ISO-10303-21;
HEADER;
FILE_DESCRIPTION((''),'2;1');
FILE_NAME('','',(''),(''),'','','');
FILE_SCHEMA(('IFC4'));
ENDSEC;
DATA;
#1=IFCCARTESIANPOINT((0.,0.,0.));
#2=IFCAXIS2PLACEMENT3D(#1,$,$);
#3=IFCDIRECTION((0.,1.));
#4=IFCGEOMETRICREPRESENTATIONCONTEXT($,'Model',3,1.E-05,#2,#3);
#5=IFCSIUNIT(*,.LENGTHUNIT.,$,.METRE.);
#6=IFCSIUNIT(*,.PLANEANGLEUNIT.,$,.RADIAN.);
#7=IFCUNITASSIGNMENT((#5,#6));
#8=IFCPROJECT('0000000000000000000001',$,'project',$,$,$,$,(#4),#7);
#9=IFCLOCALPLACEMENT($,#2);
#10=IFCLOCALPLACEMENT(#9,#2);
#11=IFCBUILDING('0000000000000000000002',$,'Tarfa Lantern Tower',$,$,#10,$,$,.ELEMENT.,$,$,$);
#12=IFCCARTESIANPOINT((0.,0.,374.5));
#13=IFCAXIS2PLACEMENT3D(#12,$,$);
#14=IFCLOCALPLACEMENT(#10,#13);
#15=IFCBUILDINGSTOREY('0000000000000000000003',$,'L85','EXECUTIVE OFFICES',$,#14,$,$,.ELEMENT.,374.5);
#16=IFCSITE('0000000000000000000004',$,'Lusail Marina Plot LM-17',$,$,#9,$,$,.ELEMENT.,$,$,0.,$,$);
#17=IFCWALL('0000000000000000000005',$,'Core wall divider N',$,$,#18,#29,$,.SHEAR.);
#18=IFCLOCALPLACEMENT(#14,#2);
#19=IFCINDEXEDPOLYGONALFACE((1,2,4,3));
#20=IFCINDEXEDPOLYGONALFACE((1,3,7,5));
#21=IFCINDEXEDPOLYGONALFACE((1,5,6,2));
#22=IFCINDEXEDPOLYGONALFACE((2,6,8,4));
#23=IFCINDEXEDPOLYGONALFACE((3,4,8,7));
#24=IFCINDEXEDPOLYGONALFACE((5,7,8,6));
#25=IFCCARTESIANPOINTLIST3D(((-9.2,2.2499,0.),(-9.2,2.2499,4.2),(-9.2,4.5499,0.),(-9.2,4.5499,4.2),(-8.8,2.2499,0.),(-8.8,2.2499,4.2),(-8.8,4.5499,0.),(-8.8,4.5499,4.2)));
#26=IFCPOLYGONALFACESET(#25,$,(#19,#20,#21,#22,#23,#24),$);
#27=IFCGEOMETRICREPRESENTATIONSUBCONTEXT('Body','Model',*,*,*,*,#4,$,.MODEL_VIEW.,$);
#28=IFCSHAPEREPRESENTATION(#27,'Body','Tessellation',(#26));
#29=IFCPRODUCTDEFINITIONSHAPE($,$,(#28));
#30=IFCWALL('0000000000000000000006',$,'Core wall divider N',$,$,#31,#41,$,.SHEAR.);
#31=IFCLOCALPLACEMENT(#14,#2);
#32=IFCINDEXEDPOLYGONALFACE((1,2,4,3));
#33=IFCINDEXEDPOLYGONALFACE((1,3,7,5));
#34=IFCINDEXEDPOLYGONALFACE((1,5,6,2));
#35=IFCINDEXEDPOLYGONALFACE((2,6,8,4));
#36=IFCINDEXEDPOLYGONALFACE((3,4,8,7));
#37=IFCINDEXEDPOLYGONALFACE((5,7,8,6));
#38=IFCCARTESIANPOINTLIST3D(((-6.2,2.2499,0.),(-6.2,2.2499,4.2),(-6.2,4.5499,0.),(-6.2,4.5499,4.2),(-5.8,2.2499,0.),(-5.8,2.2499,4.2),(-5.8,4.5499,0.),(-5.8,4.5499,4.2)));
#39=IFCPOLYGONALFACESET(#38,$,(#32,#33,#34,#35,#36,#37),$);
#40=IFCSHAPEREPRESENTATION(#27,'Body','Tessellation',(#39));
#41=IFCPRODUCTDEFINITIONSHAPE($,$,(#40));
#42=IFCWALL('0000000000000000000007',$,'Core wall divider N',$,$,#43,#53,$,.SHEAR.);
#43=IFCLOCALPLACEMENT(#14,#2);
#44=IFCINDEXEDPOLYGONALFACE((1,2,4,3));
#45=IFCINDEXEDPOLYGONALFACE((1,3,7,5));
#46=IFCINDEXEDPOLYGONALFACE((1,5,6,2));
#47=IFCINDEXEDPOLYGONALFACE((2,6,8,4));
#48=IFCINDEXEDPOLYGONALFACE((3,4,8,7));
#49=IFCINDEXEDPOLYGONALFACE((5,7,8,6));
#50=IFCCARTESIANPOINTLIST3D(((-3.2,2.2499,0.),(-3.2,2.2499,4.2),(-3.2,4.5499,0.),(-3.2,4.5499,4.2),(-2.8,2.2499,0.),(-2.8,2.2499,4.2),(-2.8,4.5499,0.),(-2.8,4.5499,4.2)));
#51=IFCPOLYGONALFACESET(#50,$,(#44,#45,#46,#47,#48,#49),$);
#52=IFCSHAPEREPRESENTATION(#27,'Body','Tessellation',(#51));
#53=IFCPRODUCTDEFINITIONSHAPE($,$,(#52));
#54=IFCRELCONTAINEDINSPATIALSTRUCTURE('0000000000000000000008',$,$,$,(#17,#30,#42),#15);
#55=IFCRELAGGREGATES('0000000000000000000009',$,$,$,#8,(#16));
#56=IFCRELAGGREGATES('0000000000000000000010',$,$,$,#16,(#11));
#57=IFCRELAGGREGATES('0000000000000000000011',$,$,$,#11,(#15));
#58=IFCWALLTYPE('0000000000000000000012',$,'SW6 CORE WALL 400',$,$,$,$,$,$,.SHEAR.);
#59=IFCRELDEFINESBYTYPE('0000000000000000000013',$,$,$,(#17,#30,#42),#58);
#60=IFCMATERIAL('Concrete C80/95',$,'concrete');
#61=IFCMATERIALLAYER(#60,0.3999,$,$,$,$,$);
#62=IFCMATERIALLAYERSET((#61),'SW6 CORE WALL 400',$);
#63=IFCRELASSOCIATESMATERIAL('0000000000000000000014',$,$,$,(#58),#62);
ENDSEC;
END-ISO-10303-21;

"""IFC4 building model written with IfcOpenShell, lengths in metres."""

from ifc_helpers import new_model, si_unit, direction, frame, frame_2d, origin, place, context, subcontext, project, spatial, rectangle, extrude, material, layer, layer_set, type_object, element, save


model = new_model("IFC4")

# Units and contexts
model_context = context("Model", 3, precision=1e-05, world=origin(), true_north=direction((0.0, 1.0)))
body_context = subcontext(model_context, "Body", "Model", "MODEL_VIEW")
ifc_project = project(units=[si_unit("LENGTHUNIT", "METRE"), si_unit("PLANEANGLEUNIT", "RADIAN")], contexts=[model_context])

# Site, building, storey
site_placement = place(None, origin())
site = spatial("IfcSite", under=ifc_project, at=site_placement, Name="Lusail Marina Plot LM-17", CompositionType="ELEMENT", RefElevation=0.0)
building_placement = place(site_placement, origin())
building = spatial("IfcBuilding", under=site, at=building_placement, Name="Tarfa Lantern Tower", CompositionType="ELEMENT")
storey_placement = place(building_placement, frame((0.0, 0.0, 374.5)))
storey = spatial("IfcBuildingStorey", under=building, at=storey_placement, Name="L85", Description="EXECUTIVE OFFICES", CompositionType="ELEMENT", Elevation=374.5)

# Shared definitions
ifc_material_1 = material(Name="Concrete C80/95", Category="concrete")

# Walls
ifc_layer_1 = layer(ifc_material_1, 0.3999)
ifc_layer_set_1 = layer_set([ifc_layer_1], Name="SW6 CORE WALL 400")
wall_type_1 = type_object("IfcWallType", Name="SW6 CORE WALL 400", PredefinedType="SHEAR", material=ifc_layer_set_1)
for number, where, z_axis, x_axis, name in (
    (1, (-9.0, 2.25, 0.0), (0.0, 0.0, 1.0), (0.0, 1.0, 0.0), "Core wall divider N"),
    (2, (-6.0, 2.25, 0.0), (0.0, 0.0, 1.0), (0.0, 1.0, 0.0), "Core wall divider N"),
    (3, (-3.0, 2.25, 0.0), (0.0, 0.0, 1.0), (0.0, 1.0, 0.0), "Core wall divider N"),
):
    element("IfcWall", number, at=place(storey_placement, frame(where, z_axis=z_axis, x_axis=x_axis)), inside=storey, type_object=wall_type_1, Name=name, PredefinedType="SHEAR", context=body_context, shape_type="SweptSolid", body=[
        extrude(rectangle(XDim=2.3, YDim=0.3999, at=frame_2d((1.1499, 0.0))), origin(), (0.0, 0.0, 1.0), 4.2),
    ])

save(model, "model.ifc")
